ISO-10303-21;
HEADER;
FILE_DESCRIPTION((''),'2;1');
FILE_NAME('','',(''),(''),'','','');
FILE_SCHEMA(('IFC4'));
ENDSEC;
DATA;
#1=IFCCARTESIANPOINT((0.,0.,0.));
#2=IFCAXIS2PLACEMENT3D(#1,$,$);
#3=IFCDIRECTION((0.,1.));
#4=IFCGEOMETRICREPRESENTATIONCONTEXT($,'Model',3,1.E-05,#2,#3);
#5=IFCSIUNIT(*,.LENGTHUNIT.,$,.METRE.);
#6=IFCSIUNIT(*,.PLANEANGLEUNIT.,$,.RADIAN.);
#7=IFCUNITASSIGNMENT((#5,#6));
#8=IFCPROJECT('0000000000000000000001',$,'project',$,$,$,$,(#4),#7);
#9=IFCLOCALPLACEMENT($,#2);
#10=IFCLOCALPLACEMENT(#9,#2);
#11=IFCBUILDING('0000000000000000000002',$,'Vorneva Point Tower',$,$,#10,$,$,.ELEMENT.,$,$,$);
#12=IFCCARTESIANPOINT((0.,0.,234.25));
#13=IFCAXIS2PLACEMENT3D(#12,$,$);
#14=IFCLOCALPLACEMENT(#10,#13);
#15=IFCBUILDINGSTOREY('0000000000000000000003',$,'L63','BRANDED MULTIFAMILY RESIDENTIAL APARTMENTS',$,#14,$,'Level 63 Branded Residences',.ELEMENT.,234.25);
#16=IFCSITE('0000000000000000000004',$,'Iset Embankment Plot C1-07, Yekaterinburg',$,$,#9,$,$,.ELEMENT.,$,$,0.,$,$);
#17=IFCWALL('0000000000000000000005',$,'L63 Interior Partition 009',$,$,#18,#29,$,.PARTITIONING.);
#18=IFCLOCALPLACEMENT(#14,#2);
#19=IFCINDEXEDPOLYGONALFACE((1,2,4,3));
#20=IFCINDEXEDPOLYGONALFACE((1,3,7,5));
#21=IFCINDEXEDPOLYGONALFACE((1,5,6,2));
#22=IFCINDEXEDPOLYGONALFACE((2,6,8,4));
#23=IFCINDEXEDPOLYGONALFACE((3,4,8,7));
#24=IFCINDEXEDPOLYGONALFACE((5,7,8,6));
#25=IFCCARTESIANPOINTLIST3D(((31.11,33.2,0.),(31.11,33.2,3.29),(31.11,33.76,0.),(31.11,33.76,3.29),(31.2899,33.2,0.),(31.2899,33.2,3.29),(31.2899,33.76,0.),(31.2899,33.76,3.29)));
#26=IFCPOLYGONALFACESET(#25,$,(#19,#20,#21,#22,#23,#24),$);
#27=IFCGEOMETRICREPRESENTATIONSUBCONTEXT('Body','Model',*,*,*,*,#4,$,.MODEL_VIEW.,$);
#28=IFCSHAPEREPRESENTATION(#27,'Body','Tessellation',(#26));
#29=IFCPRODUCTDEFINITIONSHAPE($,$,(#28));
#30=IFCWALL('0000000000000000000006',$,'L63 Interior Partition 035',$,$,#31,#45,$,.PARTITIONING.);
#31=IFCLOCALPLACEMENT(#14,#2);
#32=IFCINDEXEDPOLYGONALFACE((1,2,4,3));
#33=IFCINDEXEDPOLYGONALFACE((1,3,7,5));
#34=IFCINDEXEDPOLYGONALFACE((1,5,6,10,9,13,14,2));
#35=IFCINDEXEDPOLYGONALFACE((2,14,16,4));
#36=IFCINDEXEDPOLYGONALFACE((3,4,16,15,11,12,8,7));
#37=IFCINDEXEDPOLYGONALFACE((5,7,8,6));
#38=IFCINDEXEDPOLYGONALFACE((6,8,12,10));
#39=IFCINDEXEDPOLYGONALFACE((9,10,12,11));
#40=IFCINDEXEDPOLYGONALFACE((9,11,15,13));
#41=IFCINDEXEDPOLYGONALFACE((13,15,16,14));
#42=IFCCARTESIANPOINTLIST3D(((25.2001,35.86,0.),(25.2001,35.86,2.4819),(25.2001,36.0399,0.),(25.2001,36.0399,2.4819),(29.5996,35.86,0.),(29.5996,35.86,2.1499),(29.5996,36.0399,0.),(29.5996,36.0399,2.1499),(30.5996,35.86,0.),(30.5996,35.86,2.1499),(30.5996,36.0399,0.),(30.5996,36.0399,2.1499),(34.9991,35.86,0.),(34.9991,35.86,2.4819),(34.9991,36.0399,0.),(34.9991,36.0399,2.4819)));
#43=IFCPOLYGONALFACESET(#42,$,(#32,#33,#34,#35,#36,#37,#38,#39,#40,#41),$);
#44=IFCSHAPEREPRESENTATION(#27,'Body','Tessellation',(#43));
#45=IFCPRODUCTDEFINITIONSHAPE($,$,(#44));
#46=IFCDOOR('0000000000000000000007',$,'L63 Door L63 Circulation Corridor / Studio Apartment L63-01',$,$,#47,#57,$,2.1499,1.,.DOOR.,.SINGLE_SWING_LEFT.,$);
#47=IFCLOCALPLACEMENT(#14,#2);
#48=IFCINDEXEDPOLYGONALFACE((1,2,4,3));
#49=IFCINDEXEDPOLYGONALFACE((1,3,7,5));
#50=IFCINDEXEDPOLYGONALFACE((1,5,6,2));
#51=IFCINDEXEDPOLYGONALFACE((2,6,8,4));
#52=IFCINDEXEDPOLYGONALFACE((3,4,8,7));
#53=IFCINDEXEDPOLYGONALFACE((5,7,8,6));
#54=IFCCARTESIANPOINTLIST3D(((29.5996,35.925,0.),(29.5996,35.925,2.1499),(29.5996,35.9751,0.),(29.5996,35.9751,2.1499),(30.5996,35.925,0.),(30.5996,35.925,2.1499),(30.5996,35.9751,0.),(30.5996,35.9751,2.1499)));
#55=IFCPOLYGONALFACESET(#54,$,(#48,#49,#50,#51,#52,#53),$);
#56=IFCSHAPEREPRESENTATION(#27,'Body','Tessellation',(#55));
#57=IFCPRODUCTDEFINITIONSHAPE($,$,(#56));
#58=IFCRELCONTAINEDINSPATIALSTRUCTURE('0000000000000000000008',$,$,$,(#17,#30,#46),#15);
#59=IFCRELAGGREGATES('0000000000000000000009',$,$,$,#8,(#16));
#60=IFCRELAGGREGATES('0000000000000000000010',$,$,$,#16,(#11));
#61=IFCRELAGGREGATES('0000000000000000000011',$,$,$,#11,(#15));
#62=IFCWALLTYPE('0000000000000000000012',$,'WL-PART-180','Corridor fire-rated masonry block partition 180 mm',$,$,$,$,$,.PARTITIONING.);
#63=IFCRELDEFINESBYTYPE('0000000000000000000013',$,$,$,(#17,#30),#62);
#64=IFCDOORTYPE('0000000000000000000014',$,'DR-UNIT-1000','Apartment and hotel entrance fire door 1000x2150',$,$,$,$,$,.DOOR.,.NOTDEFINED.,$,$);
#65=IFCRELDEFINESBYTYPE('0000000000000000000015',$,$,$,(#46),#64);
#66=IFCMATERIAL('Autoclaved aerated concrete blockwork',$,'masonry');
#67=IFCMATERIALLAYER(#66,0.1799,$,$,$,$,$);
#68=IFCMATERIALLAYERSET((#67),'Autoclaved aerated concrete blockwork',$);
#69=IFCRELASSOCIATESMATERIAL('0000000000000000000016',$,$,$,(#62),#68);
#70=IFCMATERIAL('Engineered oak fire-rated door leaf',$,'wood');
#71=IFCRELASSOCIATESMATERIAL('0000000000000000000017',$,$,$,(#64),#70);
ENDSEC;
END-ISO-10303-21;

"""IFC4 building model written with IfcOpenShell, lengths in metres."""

from ifc_helpers import new_model, si_unit, direction, frame, frame_2d, origin, place, context, subcontext, project, spatial, rectangle, extrude, material, layer, layer_set, type_object, element, fill, save


model = new_model("IFC4")

# Units and contexts
model_context = context("Model", 3, precision=1e-05, world=origin(), true_north=direction((0.0, 1.0)))
body_context = subcontext(model_context, "Body", "Model", "MODEL_VIEW")
ifc_project = project(units=[si_unit("LENGTHUNIT", "METRE"), si_unit("PLANEANGLEUNIT", "RADIAN")], contexts=[model_context])

# Site, building, storey
site_placement = place(None, origin())
site = spatial("IfcSite", under=ifc_project, at=site_placement, Name="Iset Embankment Plot C1-07, Yekaterinburg", CompositionType="ELEMENT", RefElevation=0.0)
building_placement = place(site_placement, origin())
building = spatial("IfcBuilding", under=site, at=building_placement, Name="Vorneva Point Tower", CompositionType="ELEMENT")
storey_placement = place(building_placement, frame((0.0, 0.0, 234.25)))
storey = spatial("IfcBuildingStorey", under=building, at=storey_placement, Name="L63", Description="BRANDED MULTIFAMILY RESIDENTIAL APARTMENTS", LongName="Level 63 Branded Residences", CompositionType="ELEMENT", Elevation=234.25)

# Shared definitions
ifc_material_1 = material(Name="Engineered oak fire-rated door leaf", Category="wood")

# Shared definitions
ifc_material_2 = material(Name="Autoclaved aerated concrete blockwork", Category="masonry")
ifc_layer_1 = layer(ifc_material_2, 0.1799)
ifc_layer_set_1 = layer_set([ifc_layer_1], Name="Autoclaved aerated concrete blockwork")
wall_type_1 = type_object("IfcWallType", Name="WL-PART-180", Description="Corridor fire-rated masonry block partition 180 mm", PredefinedType="PARTITIONING", material=ifc_layer_set_1)

# Wall
wall_1_placement = place(storey_placement, frame((31.2, 33.76, 0.0), z_axis=(0.0, 0.0, 1.0), x_axis=(0.0, -1.0, 0.0)))
element("IfcWall", 1, at=wall_1_placement, inside=storey, type_object=wall_type_1, Name="L63 Interior Partition 009", PredefinedType="PARTITIONING", context=body_context, shape_type="SweptSolid", body=[
    extrude(rectangle(XDim=0.5601, YDim=0.1799, at=frame_2d((0.28, 0.0))), origin(), (0.0, 0.0, 1.0), 3.29),
])

# Wall, opening, door
wall_2_placement = place(storey_placement, frame((34.999, 35.95, 0.0), z_axis=(0.0, 0.0, 1.0), x_axis=(-1.0, 0.0, 0.0)))
wall_2 = element("IfcWall", 2, at=wall_2_placement, inside=storey, type_object=wall_type_1, Name="L63 Interior Partition 035", PredefinedType="PARTITIONING", context=body_context, shape_type="SweptSolid", body=[
    extrude(rectangle(XDim=9.7991, YDim=0.1799, at=frame_2d((4.8994, 0.0))), origin(), (0.0, 0.0, 1.0), 2.4819),
])
opening_1_placement = place(wall_2_placement, frame((4.3994, 0.0, 0.0)))
opening_1 = element("IfcOpeningElement", 3, at=opening_1_placement, cuts=wall_2, PredefinedType="OPENING", context=body_context, shape_type="SweptSolid", body=[
    extrude(rectangle(XDim=1.0, YDim=2.1499, at=frame_2d((0.5, 1.075))), frame((0.0, 0.105, 0.0), z_axis=(0.0, -1.0, 0.0), x_axis=(1.0, 0.0, 0.0)), (0.0, 0.0, 1.0), 0.2097),
])
door_type_1 = type_object("IfcDoorType", Name="DR-UNIT-1000", Description="Apartment and hotel entrance fire door 1000x2150", OperationType="NOTDEFINED", PredefinedType="DOOR", material=ifc_material_1)
door_1_placement = place(opening_1_placement, origin())
door_1 = element("IfcDoor", 4, at=door_1_placement, inside=storey, type_object=door_type_1, Name="L63 Door L63 Circulation Corridor / Studio Apartment L63-01", OperationType="SINGLE_SWING_LEFT", OverallHeight=2.1499, OverallWidth=1.0, PredefinedType="DOOR", context=body_context, shape_type="SweptSolid", body=[
    extrude(rectangle(XDim=1.0, YDim=2.1499, at=frame_2d((0.5, 1.075))), frame((0.0, 0.0249, 0.0), z_axis=(0.0, -1.0, 0.0), x_axis=(1.0, 0.0, 0.0)), (0.0, 0.0, 1.0), 0.05),
])
fill(opening_1, door_1)

save(model, "model.ifc")
